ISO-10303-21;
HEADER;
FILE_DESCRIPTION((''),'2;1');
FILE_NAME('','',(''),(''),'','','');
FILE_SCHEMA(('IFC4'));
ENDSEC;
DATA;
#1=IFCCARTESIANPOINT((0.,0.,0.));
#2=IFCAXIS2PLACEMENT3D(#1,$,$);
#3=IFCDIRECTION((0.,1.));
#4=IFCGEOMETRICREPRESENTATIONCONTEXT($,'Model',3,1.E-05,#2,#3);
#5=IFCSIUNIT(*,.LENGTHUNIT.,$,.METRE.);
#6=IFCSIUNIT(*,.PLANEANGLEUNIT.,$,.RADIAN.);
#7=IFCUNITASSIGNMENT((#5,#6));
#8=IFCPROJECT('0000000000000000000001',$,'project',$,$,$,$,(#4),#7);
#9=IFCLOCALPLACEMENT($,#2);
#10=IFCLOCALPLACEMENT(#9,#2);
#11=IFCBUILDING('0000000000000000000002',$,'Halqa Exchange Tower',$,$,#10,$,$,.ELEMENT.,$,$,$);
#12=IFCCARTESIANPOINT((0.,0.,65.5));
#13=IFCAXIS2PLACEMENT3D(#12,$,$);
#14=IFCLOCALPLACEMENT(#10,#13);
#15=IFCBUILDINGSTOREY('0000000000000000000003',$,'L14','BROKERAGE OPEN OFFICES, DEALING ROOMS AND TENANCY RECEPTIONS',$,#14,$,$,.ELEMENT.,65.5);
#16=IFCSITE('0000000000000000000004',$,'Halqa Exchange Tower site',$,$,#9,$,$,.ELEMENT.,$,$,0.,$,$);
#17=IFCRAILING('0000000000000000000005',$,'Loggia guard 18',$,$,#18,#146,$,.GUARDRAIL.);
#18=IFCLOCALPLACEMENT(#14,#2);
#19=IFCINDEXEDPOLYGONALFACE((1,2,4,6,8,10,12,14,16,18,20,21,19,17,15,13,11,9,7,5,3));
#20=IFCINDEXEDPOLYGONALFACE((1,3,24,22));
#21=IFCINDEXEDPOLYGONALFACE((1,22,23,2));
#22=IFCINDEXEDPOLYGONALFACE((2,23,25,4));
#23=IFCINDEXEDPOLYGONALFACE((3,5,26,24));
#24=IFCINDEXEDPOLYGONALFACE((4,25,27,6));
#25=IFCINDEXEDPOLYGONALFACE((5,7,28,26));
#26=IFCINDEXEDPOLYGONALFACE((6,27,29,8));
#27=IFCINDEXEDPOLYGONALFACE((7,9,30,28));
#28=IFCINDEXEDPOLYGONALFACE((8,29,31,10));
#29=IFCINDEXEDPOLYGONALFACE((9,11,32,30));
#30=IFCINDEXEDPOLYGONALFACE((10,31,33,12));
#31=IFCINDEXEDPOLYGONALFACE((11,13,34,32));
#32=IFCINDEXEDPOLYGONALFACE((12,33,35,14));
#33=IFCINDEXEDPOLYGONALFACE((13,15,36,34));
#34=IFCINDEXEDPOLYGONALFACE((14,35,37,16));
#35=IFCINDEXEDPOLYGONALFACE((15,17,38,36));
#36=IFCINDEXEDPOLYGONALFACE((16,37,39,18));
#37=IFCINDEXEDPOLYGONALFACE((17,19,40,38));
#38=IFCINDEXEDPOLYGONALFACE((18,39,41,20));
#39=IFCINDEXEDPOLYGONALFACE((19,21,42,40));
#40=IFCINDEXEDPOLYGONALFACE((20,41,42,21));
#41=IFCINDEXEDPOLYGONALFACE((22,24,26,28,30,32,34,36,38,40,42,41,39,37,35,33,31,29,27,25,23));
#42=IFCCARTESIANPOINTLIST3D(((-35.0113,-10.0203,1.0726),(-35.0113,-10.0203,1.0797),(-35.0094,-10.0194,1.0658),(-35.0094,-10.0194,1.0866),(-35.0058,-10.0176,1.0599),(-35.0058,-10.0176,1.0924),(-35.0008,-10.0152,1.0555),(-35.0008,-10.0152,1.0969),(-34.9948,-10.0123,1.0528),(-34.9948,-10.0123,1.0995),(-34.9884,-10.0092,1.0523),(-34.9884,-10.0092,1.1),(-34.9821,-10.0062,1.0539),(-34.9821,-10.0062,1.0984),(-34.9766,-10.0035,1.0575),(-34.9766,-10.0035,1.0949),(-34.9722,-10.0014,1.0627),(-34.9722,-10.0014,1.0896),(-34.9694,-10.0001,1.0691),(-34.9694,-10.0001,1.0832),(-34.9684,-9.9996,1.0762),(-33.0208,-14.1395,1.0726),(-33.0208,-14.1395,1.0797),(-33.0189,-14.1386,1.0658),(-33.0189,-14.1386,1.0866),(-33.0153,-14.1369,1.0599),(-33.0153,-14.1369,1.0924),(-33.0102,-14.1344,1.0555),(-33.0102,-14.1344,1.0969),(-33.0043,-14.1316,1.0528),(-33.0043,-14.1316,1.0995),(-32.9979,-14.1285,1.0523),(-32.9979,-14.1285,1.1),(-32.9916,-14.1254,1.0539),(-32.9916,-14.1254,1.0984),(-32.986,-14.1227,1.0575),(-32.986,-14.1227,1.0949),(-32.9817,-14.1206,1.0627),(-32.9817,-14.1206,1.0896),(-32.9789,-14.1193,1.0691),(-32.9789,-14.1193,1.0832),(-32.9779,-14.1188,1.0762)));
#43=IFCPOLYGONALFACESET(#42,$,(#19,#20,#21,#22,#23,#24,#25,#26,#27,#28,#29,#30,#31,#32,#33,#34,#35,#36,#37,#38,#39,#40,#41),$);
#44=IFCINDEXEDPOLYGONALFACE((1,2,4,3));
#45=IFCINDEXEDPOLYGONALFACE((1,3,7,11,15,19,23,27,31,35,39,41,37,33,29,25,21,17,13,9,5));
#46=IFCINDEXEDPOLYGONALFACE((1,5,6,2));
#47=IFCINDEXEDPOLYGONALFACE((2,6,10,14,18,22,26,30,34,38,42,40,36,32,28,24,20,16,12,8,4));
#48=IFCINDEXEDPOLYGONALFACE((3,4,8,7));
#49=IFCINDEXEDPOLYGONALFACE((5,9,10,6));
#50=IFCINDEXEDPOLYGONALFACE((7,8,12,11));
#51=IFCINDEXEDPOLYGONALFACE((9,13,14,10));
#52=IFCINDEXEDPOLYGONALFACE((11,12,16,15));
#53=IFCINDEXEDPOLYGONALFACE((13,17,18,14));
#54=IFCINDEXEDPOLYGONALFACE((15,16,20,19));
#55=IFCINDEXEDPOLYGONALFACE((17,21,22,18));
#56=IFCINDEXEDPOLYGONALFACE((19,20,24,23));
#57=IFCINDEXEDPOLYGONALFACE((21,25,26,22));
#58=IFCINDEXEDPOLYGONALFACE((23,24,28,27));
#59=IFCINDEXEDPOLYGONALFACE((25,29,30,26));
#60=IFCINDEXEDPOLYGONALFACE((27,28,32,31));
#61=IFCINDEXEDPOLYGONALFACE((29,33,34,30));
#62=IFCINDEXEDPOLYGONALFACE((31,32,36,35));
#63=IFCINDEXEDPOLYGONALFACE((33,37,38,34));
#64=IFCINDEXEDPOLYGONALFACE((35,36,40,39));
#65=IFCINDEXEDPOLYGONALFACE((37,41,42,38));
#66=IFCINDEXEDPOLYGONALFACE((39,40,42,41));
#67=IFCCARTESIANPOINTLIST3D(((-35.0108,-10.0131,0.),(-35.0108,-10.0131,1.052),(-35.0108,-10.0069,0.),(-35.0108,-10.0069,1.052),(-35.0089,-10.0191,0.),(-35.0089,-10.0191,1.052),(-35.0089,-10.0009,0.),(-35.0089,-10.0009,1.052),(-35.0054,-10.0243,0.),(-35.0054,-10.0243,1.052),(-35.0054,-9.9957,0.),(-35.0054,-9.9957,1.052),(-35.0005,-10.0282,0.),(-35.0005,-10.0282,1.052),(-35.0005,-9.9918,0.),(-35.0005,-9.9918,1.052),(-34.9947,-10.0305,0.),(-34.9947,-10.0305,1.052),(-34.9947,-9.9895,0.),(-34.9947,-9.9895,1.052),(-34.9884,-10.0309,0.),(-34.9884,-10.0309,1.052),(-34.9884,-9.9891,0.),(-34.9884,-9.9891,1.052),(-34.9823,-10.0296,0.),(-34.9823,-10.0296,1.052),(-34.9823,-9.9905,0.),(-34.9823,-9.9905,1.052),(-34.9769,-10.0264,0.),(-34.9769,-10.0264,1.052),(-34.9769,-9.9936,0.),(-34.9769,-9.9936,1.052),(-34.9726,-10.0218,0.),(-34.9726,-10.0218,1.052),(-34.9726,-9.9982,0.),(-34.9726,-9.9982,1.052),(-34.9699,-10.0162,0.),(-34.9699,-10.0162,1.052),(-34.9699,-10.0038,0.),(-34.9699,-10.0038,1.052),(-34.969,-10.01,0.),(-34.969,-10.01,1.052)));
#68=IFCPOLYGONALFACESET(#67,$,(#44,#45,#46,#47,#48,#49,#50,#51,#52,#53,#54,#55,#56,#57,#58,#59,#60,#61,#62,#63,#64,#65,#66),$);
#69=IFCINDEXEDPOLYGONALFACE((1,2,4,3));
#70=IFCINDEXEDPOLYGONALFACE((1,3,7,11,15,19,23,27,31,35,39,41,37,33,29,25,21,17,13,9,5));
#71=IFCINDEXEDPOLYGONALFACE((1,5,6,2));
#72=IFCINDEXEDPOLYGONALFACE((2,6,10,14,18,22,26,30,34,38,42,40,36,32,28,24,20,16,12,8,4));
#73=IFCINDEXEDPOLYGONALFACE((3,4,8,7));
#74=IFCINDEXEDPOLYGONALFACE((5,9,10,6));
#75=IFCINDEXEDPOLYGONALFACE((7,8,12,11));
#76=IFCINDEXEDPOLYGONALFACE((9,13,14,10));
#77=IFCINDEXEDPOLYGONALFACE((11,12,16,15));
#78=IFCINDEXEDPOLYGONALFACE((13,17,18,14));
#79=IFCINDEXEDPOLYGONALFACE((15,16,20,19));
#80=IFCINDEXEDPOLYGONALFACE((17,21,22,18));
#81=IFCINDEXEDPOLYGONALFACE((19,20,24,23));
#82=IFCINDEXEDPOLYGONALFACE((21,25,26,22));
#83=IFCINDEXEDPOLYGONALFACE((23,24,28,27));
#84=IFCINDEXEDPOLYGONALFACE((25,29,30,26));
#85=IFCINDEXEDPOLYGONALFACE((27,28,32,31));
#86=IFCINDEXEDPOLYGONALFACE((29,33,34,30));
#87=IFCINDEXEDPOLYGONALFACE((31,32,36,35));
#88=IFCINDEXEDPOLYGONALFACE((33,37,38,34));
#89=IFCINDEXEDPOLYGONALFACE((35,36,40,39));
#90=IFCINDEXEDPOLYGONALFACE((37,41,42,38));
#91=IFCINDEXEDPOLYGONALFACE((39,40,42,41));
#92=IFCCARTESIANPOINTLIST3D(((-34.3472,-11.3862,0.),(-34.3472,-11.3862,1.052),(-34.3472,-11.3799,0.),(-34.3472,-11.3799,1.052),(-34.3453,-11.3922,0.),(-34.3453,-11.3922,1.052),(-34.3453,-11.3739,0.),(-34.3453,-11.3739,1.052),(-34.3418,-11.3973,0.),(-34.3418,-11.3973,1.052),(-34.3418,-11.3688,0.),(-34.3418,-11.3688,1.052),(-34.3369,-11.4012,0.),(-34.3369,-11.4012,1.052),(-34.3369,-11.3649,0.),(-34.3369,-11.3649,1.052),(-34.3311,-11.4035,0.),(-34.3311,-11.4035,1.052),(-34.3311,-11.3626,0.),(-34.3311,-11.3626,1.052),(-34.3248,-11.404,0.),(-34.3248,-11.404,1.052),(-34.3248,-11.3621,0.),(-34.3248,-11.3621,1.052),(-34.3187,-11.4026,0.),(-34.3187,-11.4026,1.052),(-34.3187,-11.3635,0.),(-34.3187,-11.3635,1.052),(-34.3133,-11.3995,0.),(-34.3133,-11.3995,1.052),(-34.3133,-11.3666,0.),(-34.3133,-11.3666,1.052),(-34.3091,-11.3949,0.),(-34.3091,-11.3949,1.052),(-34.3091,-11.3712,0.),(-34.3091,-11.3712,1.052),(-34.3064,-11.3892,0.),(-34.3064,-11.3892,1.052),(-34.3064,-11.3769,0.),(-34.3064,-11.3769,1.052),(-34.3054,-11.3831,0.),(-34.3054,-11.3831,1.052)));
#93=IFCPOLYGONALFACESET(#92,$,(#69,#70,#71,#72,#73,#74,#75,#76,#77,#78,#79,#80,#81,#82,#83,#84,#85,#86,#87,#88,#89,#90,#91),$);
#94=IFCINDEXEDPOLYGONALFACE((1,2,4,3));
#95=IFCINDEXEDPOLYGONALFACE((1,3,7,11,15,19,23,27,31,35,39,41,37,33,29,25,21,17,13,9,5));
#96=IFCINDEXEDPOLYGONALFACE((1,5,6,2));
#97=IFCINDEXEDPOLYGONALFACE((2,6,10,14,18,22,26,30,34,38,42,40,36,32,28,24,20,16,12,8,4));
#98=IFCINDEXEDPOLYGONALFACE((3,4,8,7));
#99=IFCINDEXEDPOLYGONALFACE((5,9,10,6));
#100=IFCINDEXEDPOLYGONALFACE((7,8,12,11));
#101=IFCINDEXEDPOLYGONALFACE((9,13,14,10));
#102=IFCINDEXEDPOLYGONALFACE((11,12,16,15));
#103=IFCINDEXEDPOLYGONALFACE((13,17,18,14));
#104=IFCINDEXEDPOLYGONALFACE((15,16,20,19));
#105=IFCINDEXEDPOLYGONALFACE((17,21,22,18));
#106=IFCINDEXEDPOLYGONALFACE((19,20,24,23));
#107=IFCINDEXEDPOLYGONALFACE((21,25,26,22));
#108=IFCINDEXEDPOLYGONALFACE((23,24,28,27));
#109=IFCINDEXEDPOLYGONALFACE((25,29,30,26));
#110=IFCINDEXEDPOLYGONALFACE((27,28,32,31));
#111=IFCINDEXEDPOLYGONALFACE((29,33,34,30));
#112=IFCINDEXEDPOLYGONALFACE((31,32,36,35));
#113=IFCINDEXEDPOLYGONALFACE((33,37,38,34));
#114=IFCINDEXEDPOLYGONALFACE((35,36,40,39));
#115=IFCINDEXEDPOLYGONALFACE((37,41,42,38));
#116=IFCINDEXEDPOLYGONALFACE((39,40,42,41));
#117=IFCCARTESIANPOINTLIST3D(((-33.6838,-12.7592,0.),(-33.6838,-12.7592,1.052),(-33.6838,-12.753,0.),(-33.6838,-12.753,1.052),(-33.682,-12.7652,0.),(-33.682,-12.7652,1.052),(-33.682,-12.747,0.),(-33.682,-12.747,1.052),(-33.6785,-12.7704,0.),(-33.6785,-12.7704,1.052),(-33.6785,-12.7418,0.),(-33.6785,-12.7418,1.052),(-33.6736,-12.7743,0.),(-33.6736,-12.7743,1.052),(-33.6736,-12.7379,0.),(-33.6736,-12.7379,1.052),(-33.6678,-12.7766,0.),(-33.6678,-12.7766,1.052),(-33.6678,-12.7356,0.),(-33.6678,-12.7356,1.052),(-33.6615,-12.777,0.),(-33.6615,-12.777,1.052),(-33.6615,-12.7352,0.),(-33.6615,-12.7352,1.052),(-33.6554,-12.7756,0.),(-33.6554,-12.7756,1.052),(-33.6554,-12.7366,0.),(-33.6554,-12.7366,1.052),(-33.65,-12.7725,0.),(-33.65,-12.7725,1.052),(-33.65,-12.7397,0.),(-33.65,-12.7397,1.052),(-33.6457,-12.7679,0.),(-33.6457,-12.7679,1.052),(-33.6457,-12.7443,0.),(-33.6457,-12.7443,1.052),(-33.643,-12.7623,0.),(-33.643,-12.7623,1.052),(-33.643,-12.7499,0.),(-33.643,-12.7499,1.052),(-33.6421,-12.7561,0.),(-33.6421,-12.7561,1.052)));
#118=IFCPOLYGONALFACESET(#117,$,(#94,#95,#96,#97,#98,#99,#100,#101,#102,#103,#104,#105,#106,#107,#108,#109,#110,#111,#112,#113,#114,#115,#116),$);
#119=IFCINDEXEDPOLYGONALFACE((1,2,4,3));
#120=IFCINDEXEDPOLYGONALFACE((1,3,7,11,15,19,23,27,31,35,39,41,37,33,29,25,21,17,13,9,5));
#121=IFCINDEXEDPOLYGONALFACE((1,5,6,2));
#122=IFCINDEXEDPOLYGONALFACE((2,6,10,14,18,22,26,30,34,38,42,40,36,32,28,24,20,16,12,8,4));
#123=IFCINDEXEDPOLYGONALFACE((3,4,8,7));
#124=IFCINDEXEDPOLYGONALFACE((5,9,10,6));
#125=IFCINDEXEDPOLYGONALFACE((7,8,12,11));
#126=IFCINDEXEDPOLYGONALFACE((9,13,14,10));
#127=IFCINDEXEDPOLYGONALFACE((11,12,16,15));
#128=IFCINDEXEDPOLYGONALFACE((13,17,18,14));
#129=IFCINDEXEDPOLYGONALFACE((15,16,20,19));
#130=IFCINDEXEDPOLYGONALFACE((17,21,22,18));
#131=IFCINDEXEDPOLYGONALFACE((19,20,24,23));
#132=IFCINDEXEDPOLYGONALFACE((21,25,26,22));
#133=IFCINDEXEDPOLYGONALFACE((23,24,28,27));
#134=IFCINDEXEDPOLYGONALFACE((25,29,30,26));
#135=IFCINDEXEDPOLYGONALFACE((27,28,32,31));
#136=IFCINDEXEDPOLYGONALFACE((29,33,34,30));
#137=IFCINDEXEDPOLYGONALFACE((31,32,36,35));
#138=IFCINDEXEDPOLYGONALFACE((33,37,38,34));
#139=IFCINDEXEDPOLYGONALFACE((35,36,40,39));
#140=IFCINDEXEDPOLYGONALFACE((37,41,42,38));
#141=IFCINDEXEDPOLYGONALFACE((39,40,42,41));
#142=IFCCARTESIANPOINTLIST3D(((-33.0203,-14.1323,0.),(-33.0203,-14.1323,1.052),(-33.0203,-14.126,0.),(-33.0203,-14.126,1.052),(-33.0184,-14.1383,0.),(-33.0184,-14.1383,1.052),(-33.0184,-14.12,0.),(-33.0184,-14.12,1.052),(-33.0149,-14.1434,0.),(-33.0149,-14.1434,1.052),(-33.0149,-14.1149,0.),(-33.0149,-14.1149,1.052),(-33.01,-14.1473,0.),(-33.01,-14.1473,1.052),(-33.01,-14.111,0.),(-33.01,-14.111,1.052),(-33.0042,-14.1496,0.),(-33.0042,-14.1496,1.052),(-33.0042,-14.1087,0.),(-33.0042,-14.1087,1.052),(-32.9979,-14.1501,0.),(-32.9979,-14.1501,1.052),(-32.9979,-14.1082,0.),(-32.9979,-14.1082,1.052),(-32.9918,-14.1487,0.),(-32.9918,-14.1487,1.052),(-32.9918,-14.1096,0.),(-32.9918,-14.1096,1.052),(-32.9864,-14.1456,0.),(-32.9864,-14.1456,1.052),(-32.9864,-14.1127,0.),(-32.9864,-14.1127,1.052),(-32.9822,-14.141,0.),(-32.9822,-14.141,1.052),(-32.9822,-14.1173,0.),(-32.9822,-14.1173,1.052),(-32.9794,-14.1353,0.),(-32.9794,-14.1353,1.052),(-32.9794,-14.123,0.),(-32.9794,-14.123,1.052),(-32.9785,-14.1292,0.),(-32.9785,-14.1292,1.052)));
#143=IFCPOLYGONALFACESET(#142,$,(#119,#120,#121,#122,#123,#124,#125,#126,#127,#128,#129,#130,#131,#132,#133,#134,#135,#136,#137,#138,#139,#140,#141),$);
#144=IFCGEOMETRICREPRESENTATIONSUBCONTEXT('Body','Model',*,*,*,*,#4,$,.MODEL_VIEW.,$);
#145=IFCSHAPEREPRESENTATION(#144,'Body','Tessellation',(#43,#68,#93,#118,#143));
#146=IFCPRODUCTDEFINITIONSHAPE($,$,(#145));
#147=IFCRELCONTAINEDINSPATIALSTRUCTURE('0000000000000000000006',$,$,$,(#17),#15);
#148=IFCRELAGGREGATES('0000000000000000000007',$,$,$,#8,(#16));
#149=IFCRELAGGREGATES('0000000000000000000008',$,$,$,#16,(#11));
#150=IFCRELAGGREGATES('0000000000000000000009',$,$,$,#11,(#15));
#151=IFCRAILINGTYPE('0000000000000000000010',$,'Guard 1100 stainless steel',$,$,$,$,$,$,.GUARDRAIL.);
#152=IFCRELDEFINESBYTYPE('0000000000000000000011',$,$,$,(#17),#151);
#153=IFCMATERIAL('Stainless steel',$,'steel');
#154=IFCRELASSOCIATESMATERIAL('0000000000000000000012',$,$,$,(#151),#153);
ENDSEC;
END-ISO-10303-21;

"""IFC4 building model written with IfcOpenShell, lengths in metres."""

from ifc_helpers import new_model, si_unit, direction, frame, origin, origin_2d, place, context, subcontext, project, spatial, circle, extrude, material, type_object, element, save


model = new_model("IFC4")

# Units and contexts
model_context = context("Model", 3, precision=1e-05, world=origin(), true_north=direction((0.0, 1.0)))
body_context = subcontext(model_context, "Body", "Model", "MODEL_VIEW")
ifc_project = project(units=[si_unit("LENGTHUNIT", "METRE"), si_unit("PLANEANGLEUNIT", "RADIAN")], contexts=[model_context])

# Site, building, storey
site_placement = place(None, origin())
site = spatial("IfcSite", under=ifc_project, at=site_placement, Name="Halqa Exchange Tower site", CompositionType="ELEMENT", RefElevation=0.0)
building_placement = place(site_placement, origin())
building = spatial("IfcBuilding", under=site, at=building_placement, Name="Halqa Exchange Tower", CompositionType="ELEMENT")
storey_placement = place(building_placement, frame((0.0, 0.0, 65.5)))
storey = spatial("IfcBuildingStorey", under=building, at=storey_placement, Name="L14", Description="BROKERAGE OPEN OFFICES, DEALING ROOMS AND TENANCY RECEPTIONS", CompositionType="ELEMENT", Elevation=65.5)

# Railing
ifc_material_1 = material(Name="Stainless steel", Category="steel")
railing_type = type_object("IfcRailingType", Name="Guard 1100 stainless steel", PredefinedType="GUARDRAIL", material=ifc_material_1)
railing_1_placement = place(storey_placement, frame((-34.99, -10.01, 0.0)))
element("IfcRailing", 1, at=railing_1_placement, inside=storey, type_object=railing_type, Name="Loggia guard 18", PredefinedType="GUARDRAIL", context=body_context, shape_type="SweptSolid", body=[
    extrude(circle(Radius=0.0239, at=origin_2d()), frame((0.0, 0.0, 1.0762), z_axis=(0.435091, -0.900387, 0.0), x_axis=(0.900387, 0.435091, 0.0)), (0.0, 0.0, 1.0), 4.575),
    extrude(circle(Radius=0.021, at=origin_2d()), origin(), (0.0, 0.0, 1.0), 1.052),
    extrude(circle(Radius=0.021, at=origin_2d()), frame((0.6636, -1.373, 0.0)), (0.0, 0.0, 1.0), 1.052),
    extrude(circle(Radius=0.021, at=origin_2d()), frame((1.3269, -2.7461, 0.0)), (0.0, 0.0, 1.0), 1.052),
    extrude(circle(Radius=0.021, at=origin_2d()), frame((1.9905, -4.1191, 0.0)), (0.0, 0.0, 1.0), 1.052),
])

save(model, "model.ifc")
